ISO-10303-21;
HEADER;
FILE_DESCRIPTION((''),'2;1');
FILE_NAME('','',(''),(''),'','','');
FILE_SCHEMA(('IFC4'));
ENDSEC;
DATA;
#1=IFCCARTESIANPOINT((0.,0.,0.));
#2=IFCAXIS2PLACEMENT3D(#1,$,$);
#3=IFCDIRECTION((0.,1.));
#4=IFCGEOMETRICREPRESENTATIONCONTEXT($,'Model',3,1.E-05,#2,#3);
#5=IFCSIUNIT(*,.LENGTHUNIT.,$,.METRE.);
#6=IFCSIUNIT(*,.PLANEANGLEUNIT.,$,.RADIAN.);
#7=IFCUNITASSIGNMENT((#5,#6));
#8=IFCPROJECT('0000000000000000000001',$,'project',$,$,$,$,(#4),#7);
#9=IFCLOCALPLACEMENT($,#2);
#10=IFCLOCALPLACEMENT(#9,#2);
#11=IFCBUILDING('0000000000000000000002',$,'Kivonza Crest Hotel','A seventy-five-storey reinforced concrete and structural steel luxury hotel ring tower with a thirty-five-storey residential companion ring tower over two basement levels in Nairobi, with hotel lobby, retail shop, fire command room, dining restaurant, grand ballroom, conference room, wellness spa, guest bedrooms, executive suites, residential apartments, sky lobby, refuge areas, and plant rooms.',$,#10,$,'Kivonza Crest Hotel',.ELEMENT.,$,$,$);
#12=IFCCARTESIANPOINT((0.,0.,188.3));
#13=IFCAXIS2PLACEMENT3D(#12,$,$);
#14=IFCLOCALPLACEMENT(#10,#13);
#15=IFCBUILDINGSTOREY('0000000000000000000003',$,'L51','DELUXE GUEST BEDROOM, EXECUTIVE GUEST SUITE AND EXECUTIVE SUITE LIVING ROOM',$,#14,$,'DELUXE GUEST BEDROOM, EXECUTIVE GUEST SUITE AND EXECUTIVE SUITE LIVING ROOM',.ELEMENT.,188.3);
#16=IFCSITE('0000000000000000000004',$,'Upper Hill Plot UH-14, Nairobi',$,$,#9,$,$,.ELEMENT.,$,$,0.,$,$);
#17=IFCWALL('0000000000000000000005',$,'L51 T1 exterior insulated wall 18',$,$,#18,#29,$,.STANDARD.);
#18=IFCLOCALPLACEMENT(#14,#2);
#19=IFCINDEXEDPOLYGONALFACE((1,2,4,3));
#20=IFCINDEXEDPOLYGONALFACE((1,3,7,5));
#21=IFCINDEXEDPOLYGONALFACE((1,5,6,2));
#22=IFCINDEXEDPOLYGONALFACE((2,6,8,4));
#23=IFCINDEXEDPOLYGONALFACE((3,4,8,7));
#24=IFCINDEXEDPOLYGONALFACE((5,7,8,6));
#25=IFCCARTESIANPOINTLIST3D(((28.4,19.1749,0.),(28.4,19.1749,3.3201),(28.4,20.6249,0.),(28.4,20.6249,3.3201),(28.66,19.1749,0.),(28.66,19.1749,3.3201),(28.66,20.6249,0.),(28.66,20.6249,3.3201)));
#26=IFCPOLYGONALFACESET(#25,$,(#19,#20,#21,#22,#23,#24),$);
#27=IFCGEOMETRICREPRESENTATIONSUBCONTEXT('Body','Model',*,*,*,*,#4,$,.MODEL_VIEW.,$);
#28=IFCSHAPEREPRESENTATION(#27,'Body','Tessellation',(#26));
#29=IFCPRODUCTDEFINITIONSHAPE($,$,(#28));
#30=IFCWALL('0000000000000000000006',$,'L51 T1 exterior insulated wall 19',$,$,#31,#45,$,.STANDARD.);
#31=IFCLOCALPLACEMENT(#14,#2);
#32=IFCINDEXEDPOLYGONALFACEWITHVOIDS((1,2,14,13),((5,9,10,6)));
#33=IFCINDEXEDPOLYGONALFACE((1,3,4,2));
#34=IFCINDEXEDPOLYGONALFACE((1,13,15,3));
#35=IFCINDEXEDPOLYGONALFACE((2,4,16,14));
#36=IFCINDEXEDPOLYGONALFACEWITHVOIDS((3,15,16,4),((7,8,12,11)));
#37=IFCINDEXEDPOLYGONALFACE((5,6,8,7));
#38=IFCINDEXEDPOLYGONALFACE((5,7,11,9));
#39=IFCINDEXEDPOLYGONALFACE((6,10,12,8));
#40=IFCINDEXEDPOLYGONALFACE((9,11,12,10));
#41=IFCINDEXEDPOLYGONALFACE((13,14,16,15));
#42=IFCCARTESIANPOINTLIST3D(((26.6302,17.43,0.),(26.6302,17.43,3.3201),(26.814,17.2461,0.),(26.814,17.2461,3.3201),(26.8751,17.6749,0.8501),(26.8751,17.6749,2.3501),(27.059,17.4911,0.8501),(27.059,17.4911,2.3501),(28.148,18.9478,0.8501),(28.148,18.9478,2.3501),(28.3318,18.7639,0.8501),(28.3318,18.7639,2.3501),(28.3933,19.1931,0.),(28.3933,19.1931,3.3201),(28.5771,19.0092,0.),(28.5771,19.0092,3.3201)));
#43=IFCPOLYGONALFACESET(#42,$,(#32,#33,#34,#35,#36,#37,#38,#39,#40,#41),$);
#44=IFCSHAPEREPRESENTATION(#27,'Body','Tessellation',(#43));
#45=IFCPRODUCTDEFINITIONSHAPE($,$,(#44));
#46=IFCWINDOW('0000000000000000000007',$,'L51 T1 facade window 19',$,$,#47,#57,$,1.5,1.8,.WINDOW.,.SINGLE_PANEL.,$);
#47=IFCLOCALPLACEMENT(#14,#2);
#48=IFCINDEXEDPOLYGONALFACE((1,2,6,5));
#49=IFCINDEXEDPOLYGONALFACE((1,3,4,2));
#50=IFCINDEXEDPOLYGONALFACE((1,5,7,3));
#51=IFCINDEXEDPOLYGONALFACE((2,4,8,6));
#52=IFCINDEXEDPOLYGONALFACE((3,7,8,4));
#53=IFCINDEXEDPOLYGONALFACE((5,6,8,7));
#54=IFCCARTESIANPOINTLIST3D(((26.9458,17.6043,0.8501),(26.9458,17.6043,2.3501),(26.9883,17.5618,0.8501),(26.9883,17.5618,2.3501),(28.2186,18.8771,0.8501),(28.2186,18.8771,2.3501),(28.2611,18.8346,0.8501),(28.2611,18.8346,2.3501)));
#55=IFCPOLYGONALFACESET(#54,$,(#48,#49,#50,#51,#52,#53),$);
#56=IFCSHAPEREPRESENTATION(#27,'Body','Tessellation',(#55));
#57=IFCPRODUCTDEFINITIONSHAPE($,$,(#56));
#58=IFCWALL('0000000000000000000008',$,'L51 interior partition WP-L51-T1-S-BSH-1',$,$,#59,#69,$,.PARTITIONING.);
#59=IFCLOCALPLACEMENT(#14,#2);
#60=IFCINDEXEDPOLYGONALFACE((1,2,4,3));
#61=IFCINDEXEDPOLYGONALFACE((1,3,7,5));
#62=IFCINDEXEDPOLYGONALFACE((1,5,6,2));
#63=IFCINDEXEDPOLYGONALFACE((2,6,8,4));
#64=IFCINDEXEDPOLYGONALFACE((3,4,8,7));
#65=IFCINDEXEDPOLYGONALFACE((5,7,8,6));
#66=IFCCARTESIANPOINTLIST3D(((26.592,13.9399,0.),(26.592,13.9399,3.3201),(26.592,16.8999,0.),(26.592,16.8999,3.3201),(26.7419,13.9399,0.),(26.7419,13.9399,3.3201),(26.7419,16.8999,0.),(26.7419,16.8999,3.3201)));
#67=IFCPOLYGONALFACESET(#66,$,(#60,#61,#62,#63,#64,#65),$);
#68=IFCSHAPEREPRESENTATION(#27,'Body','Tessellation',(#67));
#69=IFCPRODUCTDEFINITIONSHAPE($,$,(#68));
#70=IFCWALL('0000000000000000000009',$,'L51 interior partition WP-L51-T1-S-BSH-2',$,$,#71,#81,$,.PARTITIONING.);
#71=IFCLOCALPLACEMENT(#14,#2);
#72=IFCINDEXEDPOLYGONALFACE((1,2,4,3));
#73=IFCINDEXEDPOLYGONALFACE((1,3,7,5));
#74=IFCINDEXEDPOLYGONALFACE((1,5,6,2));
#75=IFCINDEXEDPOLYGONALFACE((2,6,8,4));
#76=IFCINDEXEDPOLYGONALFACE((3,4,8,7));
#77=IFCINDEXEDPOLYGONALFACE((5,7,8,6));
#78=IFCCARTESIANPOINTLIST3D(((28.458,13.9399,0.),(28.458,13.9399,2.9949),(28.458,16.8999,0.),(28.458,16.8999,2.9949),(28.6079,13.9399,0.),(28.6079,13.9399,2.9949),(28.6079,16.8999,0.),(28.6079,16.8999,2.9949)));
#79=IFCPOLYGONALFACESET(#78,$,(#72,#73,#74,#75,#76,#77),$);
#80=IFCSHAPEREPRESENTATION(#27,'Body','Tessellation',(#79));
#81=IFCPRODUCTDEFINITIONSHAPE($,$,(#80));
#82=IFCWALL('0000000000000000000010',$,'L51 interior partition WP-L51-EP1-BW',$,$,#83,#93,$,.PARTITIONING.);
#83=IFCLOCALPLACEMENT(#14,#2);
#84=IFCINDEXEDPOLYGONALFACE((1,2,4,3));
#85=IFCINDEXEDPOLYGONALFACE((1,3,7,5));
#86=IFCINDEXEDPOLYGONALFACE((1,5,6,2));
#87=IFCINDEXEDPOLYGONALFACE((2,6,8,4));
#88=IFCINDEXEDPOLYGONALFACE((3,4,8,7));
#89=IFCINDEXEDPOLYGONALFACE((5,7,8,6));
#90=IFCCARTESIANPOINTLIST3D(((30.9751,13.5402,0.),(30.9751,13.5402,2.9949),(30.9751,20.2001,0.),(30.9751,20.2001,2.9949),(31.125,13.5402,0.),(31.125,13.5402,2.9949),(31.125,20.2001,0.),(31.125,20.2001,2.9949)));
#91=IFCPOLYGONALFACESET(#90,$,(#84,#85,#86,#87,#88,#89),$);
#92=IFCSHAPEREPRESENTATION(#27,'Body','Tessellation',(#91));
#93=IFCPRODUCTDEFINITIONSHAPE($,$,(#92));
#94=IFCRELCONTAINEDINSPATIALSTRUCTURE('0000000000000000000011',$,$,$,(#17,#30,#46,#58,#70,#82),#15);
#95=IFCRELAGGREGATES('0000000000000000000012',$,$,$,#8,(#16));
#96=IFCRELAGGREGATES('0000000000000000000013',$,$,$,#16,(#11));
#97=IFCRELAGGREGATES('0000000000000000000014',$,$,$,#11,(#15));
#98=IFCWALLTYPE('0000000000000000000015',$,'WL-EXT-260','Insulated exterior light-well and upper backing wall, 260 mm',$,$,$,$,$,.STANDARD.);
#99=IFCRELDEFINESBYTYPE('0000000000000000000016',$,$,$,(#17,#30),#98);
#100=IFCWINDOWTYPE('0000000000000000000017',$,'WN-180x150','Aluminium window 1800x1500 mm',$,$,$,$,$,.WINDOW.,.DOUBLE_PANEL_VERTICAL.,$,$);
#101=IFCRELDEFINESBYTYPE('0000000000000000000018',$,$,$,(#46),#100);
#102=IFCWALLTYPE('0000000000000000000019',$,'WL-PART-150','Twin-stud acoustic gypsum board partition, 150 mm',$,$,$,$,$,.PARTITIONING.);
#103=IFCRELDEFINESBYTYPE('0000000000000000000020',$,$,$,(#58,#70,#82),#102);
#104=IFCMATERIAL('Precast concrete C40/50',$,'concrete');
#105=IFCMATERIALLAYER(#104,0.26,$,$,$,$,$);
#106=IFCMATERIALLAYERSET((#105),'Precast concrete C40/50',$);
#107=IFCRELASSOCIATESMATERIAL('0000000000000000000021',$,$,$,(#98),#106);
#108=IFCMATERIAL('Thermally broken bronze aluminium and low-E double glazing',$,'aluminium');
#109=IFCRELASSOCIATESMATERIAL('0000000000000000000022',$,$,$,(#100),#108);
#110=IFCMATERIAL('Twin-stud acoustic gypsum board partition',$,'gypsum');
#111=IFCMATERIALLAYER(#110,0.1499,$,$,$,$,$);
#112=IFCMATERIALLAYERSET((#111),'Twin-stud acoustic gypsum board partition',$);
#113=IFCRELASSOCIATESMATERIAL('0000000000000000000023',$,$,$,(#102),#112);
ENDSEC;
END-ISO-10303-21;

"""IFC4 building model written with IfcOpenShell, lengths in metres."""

from ifc_helpers import new_model, si_unit, direction, frame, frame_2d, origin, place, context, subcontext, project, spatial, rectangle, extrude, material, layer, layer_set, type_object, element, fill, save


model = new_model("IFC4")

# Units and contexts
model_context = context("Model", 3, precision=1e-05, world=origin(), true_north=direction((0.0, 1.0)))
body_context = subcontext(model_context, "Body", "Model", "MODEL_VIEW")
ifc_project = project(units=[si_unit("LENGTHUNIT", "METRE"), si_unit("PLANEANGLEUNIT", "RADIAN")], contexts=[model_context])

# Site, building, storey
site_placement = place(None, origin())
site = spatial("IfcSite", under=ifc_project, at=site_placement, Name="Upper Hill Plot UH-14, Nairobi", CompositionType="ELEMENT", RefElevation=0.0)
building_placement = place(site_placement, origin())
building = spatial("IfcBuilding", under=site, at=building_placement, Name="Kivonza Crest Hotel", Description="A seventy-five-storey reinforced concrete and structural steel luxury hotel ring tower with a thirty-five-storey residential companion ring tower over two basement levels in Nairobi, with hotel lobby, retail shop, fire command room, dining restaurant, grand ballroom, conference room, wellness spa, guest bedrooms, executive suites, residential apartments, sky lobby, refuge areas, and plant rooms.", LongName="Kivonza Crest Hotel", CompositionType="ELEMENT")
storey_placement = place(building_placement, frame((0.0, 0.0, 188.3)))
storey = spatial("IfcBuildingStorey", under=building, at=storey_placement, Name="L51", Description="DELUXE GUEST BEDROOM, EXECUTIVE GUEST SUITE AND EXECUTIVE SUITE LIVING ROOM", LongName="DELUXE GUEST BEDROOM, EXECUTIVE GUEST SUITE AND EXECUTIVE SUITE LIVING ROOM", CompositionType="ELEMENT", Elevation=188.3)

# Shared definitions
ifc_material_1 = material(Name="Precast concrete C40/50", Category="concrete")
ifc_layer_1 = layer(ifc_material_1, 0.26)
ifc_layer_set_1 = layer_set([ifc_layer_1], Name="Precast concrete C40/50")
wall_type_1 = type_object("IfcWallType", Name="WL-EXT-260", Description="Insulated exterior light-well and upper backing wall, 260 mm", PredefinedType="STANDARD", material=ifc_layer_set_1)
ifc_material_2 = material(Name="Thermally broken bronze aluminium and low-E double glazing", Category="aluminium")
window_type_1 = type_object("IfcWindowType", Name="WN-180x150", Description="Aluminium window 1800x1500 mm", PartitioningType="DOUBLE_PANEL_VERTICAL", PredefinedType="WINDOW", material=ifc_material_2)

# Wall
wall_1_placement = place(storey_placement, frame((28.53, 20.625, 0.0), z_axis=(0.0, 0.0, 1.0), x_axis=(0.0, -1.0, 0.0)))
element("IfcWall", 1, at=wall_1_placement, inside=storey, type_object=wall_type_1, Name="L51 T1 exterior insulated wall 18", PredefinedType="STANDARD", context=body_context, shape_type="SweptSolid", body=[
    extrude(rectangle(XDim=1.45, YDim=0.26, at=frame_2d((0.7251, 0.0))), origin(), (0.0, 0.0, 1.0), 3.3201),
])

# Wall, opening, window
wall_2_placement = place(storey_placement, frame((28.4851, 19.1011, 0.0), z_axis=(0.0, 0.0, 1.0), x_axis=(-0.707107, -0.707107, 0.0)))
wall_2 = element("IfcWall", 2, at=wall_2_placement, inside=storey, type_object=wall_type_1, Name="L51 T1 exterior insulated wall 19", PredefinedType="STANDARD", context=body_context, shape_type="SweptSolid", body=[
    extrude(rectangle(XDim=2.4934, YDim=0.26, at=frame_2d((1.2466, 0.0))), origin(), (0.0, 0.0, 1.0), 3.3201),
])
opening_1_placement = place(wall_2_placement, frame((0.3469, 0.0, 0.8501)))
opening_1 = element("IfcOpeningElement", 3, at=opening_1_placement, cuts=wall_2, PredefinedType="OPENING", context=body_context, shape_type="SweptSolid", body=[
    extrude(rectangle(XDim=1.8, YDim=1.5, at=frame_2d((0.8999, 0.75))), frame((0.0, 0.1401, 0.0), z_axis=(0.0, -1.0, 0.0), x_axis=(1.0, 0.0, 0.0)), (0.0, 0.0, 1.0), 0.28),
])
window_1_placement = place(opening_1_placement, origin())
window_1 = element("IfcWindow", 4, at=window_1_placement, inside=storey, type_object=window_type_1, Name="L51 T1 facade window 19", OverallHeight=1.5, OverallWidth=1.8, PartitioningType="SINGLE_PANEL", PredefinedType="WINDOW", context=body_context, shape_type="SweptSolid", body=[
    extrude(rectangle(XDim=1.8, YDim=1.5, at=frame_2d((0.8999, 0.75))), frame((0.0, 0.03, 0.0), z_axis=(0.0, -1.0, 0.0), x_axis=(1.0, 0.0, 0.0)), (0.0, 0.0, 1.0), 0.0601),
])
fill(opening_1, window_1)

# Walls
ifc_material_3 = material(Name="Twin-stud acoustic gypsum board partition", Category="gypsum")
ifc_layer_2 = layer(ifc_material_3, 0.1499)
ifc_layer_set_2 = layer_set([ifc_layer_2], Name="Twin-stud acoustic gypsum board partition")
wall_type_2 = type_object("IfcWallType", Name="WL-PART-150", Description="Twin-stud acoustic gypsum board partition, 150 mm", PredefinedType="PARTITIONING", material=ifc_layer_set_2)
wall_3_placement = place(storey_placement, frame((26.667, 13.9399, 0.0), z_axis=(0.0, 0.0, 1.0), x_axis=(0.0, 1.0, 0.0)))
element("IfcWall", 5, at=wall_3_placement, inside=storey, type_object=wall_type_2, Name="L51 interior partition WP-L51-T1-S-BSH-1", PredefinedType="PARTITIONING", context=body_context, shape_type="SweptSolid", body=[
    extrude(rectangle(XDim=2.96, YDim=0.1499, at=frame_2d((1.48, 0.0))), origin(), (0.0, 0.0, 1.0), 3.3201),
])
wall_4_placement = place(storey_placement, frame((28.533, 13.9399, 0.0), z_axis=(0.0, 0.0, 1.0), x_axis=(0.0, 1.0, 0.0)))
element("IfcWall", 6, at=wall_4_placement, inside=storey, type_object=wall_type_2, Name="L51 interior partition WP-L51-T1-S-BSH-2", PredefinedType="PARTITIONING", context=body_context, shape_type="SweptSolid", body=[
    extrude(rectangle(XDim=2.96, YDim=0.1499, at=frame_2d((1.48, 0.0))), origin(), (0.0, 0.0, 1.0), 2.9949),
])
wall_5_placement = place(storey_placement, frame((31.05, 13.54, 0.0), z_axis=(0.0, 0.0, 1.0), x_axis=(0.0, 1.0, 0.0)))
element("IfcWall", 7, at=wall_5_placement, inside=storey, type_object=wall_type_2, Name="L51 interior partition WP-L51-EP1-BW", PredefinedType="PARTITIONING", context=body_context, shape_type="SweptSolid", body=[
    extrude(rectangle(XDim=6.6599, YDim=0.1499, at=frame_2d((3.3301, 0.0))), origin(), (0.0, 0.0, 1.0), 2.9949),
])

save(model, "model.ifc")
